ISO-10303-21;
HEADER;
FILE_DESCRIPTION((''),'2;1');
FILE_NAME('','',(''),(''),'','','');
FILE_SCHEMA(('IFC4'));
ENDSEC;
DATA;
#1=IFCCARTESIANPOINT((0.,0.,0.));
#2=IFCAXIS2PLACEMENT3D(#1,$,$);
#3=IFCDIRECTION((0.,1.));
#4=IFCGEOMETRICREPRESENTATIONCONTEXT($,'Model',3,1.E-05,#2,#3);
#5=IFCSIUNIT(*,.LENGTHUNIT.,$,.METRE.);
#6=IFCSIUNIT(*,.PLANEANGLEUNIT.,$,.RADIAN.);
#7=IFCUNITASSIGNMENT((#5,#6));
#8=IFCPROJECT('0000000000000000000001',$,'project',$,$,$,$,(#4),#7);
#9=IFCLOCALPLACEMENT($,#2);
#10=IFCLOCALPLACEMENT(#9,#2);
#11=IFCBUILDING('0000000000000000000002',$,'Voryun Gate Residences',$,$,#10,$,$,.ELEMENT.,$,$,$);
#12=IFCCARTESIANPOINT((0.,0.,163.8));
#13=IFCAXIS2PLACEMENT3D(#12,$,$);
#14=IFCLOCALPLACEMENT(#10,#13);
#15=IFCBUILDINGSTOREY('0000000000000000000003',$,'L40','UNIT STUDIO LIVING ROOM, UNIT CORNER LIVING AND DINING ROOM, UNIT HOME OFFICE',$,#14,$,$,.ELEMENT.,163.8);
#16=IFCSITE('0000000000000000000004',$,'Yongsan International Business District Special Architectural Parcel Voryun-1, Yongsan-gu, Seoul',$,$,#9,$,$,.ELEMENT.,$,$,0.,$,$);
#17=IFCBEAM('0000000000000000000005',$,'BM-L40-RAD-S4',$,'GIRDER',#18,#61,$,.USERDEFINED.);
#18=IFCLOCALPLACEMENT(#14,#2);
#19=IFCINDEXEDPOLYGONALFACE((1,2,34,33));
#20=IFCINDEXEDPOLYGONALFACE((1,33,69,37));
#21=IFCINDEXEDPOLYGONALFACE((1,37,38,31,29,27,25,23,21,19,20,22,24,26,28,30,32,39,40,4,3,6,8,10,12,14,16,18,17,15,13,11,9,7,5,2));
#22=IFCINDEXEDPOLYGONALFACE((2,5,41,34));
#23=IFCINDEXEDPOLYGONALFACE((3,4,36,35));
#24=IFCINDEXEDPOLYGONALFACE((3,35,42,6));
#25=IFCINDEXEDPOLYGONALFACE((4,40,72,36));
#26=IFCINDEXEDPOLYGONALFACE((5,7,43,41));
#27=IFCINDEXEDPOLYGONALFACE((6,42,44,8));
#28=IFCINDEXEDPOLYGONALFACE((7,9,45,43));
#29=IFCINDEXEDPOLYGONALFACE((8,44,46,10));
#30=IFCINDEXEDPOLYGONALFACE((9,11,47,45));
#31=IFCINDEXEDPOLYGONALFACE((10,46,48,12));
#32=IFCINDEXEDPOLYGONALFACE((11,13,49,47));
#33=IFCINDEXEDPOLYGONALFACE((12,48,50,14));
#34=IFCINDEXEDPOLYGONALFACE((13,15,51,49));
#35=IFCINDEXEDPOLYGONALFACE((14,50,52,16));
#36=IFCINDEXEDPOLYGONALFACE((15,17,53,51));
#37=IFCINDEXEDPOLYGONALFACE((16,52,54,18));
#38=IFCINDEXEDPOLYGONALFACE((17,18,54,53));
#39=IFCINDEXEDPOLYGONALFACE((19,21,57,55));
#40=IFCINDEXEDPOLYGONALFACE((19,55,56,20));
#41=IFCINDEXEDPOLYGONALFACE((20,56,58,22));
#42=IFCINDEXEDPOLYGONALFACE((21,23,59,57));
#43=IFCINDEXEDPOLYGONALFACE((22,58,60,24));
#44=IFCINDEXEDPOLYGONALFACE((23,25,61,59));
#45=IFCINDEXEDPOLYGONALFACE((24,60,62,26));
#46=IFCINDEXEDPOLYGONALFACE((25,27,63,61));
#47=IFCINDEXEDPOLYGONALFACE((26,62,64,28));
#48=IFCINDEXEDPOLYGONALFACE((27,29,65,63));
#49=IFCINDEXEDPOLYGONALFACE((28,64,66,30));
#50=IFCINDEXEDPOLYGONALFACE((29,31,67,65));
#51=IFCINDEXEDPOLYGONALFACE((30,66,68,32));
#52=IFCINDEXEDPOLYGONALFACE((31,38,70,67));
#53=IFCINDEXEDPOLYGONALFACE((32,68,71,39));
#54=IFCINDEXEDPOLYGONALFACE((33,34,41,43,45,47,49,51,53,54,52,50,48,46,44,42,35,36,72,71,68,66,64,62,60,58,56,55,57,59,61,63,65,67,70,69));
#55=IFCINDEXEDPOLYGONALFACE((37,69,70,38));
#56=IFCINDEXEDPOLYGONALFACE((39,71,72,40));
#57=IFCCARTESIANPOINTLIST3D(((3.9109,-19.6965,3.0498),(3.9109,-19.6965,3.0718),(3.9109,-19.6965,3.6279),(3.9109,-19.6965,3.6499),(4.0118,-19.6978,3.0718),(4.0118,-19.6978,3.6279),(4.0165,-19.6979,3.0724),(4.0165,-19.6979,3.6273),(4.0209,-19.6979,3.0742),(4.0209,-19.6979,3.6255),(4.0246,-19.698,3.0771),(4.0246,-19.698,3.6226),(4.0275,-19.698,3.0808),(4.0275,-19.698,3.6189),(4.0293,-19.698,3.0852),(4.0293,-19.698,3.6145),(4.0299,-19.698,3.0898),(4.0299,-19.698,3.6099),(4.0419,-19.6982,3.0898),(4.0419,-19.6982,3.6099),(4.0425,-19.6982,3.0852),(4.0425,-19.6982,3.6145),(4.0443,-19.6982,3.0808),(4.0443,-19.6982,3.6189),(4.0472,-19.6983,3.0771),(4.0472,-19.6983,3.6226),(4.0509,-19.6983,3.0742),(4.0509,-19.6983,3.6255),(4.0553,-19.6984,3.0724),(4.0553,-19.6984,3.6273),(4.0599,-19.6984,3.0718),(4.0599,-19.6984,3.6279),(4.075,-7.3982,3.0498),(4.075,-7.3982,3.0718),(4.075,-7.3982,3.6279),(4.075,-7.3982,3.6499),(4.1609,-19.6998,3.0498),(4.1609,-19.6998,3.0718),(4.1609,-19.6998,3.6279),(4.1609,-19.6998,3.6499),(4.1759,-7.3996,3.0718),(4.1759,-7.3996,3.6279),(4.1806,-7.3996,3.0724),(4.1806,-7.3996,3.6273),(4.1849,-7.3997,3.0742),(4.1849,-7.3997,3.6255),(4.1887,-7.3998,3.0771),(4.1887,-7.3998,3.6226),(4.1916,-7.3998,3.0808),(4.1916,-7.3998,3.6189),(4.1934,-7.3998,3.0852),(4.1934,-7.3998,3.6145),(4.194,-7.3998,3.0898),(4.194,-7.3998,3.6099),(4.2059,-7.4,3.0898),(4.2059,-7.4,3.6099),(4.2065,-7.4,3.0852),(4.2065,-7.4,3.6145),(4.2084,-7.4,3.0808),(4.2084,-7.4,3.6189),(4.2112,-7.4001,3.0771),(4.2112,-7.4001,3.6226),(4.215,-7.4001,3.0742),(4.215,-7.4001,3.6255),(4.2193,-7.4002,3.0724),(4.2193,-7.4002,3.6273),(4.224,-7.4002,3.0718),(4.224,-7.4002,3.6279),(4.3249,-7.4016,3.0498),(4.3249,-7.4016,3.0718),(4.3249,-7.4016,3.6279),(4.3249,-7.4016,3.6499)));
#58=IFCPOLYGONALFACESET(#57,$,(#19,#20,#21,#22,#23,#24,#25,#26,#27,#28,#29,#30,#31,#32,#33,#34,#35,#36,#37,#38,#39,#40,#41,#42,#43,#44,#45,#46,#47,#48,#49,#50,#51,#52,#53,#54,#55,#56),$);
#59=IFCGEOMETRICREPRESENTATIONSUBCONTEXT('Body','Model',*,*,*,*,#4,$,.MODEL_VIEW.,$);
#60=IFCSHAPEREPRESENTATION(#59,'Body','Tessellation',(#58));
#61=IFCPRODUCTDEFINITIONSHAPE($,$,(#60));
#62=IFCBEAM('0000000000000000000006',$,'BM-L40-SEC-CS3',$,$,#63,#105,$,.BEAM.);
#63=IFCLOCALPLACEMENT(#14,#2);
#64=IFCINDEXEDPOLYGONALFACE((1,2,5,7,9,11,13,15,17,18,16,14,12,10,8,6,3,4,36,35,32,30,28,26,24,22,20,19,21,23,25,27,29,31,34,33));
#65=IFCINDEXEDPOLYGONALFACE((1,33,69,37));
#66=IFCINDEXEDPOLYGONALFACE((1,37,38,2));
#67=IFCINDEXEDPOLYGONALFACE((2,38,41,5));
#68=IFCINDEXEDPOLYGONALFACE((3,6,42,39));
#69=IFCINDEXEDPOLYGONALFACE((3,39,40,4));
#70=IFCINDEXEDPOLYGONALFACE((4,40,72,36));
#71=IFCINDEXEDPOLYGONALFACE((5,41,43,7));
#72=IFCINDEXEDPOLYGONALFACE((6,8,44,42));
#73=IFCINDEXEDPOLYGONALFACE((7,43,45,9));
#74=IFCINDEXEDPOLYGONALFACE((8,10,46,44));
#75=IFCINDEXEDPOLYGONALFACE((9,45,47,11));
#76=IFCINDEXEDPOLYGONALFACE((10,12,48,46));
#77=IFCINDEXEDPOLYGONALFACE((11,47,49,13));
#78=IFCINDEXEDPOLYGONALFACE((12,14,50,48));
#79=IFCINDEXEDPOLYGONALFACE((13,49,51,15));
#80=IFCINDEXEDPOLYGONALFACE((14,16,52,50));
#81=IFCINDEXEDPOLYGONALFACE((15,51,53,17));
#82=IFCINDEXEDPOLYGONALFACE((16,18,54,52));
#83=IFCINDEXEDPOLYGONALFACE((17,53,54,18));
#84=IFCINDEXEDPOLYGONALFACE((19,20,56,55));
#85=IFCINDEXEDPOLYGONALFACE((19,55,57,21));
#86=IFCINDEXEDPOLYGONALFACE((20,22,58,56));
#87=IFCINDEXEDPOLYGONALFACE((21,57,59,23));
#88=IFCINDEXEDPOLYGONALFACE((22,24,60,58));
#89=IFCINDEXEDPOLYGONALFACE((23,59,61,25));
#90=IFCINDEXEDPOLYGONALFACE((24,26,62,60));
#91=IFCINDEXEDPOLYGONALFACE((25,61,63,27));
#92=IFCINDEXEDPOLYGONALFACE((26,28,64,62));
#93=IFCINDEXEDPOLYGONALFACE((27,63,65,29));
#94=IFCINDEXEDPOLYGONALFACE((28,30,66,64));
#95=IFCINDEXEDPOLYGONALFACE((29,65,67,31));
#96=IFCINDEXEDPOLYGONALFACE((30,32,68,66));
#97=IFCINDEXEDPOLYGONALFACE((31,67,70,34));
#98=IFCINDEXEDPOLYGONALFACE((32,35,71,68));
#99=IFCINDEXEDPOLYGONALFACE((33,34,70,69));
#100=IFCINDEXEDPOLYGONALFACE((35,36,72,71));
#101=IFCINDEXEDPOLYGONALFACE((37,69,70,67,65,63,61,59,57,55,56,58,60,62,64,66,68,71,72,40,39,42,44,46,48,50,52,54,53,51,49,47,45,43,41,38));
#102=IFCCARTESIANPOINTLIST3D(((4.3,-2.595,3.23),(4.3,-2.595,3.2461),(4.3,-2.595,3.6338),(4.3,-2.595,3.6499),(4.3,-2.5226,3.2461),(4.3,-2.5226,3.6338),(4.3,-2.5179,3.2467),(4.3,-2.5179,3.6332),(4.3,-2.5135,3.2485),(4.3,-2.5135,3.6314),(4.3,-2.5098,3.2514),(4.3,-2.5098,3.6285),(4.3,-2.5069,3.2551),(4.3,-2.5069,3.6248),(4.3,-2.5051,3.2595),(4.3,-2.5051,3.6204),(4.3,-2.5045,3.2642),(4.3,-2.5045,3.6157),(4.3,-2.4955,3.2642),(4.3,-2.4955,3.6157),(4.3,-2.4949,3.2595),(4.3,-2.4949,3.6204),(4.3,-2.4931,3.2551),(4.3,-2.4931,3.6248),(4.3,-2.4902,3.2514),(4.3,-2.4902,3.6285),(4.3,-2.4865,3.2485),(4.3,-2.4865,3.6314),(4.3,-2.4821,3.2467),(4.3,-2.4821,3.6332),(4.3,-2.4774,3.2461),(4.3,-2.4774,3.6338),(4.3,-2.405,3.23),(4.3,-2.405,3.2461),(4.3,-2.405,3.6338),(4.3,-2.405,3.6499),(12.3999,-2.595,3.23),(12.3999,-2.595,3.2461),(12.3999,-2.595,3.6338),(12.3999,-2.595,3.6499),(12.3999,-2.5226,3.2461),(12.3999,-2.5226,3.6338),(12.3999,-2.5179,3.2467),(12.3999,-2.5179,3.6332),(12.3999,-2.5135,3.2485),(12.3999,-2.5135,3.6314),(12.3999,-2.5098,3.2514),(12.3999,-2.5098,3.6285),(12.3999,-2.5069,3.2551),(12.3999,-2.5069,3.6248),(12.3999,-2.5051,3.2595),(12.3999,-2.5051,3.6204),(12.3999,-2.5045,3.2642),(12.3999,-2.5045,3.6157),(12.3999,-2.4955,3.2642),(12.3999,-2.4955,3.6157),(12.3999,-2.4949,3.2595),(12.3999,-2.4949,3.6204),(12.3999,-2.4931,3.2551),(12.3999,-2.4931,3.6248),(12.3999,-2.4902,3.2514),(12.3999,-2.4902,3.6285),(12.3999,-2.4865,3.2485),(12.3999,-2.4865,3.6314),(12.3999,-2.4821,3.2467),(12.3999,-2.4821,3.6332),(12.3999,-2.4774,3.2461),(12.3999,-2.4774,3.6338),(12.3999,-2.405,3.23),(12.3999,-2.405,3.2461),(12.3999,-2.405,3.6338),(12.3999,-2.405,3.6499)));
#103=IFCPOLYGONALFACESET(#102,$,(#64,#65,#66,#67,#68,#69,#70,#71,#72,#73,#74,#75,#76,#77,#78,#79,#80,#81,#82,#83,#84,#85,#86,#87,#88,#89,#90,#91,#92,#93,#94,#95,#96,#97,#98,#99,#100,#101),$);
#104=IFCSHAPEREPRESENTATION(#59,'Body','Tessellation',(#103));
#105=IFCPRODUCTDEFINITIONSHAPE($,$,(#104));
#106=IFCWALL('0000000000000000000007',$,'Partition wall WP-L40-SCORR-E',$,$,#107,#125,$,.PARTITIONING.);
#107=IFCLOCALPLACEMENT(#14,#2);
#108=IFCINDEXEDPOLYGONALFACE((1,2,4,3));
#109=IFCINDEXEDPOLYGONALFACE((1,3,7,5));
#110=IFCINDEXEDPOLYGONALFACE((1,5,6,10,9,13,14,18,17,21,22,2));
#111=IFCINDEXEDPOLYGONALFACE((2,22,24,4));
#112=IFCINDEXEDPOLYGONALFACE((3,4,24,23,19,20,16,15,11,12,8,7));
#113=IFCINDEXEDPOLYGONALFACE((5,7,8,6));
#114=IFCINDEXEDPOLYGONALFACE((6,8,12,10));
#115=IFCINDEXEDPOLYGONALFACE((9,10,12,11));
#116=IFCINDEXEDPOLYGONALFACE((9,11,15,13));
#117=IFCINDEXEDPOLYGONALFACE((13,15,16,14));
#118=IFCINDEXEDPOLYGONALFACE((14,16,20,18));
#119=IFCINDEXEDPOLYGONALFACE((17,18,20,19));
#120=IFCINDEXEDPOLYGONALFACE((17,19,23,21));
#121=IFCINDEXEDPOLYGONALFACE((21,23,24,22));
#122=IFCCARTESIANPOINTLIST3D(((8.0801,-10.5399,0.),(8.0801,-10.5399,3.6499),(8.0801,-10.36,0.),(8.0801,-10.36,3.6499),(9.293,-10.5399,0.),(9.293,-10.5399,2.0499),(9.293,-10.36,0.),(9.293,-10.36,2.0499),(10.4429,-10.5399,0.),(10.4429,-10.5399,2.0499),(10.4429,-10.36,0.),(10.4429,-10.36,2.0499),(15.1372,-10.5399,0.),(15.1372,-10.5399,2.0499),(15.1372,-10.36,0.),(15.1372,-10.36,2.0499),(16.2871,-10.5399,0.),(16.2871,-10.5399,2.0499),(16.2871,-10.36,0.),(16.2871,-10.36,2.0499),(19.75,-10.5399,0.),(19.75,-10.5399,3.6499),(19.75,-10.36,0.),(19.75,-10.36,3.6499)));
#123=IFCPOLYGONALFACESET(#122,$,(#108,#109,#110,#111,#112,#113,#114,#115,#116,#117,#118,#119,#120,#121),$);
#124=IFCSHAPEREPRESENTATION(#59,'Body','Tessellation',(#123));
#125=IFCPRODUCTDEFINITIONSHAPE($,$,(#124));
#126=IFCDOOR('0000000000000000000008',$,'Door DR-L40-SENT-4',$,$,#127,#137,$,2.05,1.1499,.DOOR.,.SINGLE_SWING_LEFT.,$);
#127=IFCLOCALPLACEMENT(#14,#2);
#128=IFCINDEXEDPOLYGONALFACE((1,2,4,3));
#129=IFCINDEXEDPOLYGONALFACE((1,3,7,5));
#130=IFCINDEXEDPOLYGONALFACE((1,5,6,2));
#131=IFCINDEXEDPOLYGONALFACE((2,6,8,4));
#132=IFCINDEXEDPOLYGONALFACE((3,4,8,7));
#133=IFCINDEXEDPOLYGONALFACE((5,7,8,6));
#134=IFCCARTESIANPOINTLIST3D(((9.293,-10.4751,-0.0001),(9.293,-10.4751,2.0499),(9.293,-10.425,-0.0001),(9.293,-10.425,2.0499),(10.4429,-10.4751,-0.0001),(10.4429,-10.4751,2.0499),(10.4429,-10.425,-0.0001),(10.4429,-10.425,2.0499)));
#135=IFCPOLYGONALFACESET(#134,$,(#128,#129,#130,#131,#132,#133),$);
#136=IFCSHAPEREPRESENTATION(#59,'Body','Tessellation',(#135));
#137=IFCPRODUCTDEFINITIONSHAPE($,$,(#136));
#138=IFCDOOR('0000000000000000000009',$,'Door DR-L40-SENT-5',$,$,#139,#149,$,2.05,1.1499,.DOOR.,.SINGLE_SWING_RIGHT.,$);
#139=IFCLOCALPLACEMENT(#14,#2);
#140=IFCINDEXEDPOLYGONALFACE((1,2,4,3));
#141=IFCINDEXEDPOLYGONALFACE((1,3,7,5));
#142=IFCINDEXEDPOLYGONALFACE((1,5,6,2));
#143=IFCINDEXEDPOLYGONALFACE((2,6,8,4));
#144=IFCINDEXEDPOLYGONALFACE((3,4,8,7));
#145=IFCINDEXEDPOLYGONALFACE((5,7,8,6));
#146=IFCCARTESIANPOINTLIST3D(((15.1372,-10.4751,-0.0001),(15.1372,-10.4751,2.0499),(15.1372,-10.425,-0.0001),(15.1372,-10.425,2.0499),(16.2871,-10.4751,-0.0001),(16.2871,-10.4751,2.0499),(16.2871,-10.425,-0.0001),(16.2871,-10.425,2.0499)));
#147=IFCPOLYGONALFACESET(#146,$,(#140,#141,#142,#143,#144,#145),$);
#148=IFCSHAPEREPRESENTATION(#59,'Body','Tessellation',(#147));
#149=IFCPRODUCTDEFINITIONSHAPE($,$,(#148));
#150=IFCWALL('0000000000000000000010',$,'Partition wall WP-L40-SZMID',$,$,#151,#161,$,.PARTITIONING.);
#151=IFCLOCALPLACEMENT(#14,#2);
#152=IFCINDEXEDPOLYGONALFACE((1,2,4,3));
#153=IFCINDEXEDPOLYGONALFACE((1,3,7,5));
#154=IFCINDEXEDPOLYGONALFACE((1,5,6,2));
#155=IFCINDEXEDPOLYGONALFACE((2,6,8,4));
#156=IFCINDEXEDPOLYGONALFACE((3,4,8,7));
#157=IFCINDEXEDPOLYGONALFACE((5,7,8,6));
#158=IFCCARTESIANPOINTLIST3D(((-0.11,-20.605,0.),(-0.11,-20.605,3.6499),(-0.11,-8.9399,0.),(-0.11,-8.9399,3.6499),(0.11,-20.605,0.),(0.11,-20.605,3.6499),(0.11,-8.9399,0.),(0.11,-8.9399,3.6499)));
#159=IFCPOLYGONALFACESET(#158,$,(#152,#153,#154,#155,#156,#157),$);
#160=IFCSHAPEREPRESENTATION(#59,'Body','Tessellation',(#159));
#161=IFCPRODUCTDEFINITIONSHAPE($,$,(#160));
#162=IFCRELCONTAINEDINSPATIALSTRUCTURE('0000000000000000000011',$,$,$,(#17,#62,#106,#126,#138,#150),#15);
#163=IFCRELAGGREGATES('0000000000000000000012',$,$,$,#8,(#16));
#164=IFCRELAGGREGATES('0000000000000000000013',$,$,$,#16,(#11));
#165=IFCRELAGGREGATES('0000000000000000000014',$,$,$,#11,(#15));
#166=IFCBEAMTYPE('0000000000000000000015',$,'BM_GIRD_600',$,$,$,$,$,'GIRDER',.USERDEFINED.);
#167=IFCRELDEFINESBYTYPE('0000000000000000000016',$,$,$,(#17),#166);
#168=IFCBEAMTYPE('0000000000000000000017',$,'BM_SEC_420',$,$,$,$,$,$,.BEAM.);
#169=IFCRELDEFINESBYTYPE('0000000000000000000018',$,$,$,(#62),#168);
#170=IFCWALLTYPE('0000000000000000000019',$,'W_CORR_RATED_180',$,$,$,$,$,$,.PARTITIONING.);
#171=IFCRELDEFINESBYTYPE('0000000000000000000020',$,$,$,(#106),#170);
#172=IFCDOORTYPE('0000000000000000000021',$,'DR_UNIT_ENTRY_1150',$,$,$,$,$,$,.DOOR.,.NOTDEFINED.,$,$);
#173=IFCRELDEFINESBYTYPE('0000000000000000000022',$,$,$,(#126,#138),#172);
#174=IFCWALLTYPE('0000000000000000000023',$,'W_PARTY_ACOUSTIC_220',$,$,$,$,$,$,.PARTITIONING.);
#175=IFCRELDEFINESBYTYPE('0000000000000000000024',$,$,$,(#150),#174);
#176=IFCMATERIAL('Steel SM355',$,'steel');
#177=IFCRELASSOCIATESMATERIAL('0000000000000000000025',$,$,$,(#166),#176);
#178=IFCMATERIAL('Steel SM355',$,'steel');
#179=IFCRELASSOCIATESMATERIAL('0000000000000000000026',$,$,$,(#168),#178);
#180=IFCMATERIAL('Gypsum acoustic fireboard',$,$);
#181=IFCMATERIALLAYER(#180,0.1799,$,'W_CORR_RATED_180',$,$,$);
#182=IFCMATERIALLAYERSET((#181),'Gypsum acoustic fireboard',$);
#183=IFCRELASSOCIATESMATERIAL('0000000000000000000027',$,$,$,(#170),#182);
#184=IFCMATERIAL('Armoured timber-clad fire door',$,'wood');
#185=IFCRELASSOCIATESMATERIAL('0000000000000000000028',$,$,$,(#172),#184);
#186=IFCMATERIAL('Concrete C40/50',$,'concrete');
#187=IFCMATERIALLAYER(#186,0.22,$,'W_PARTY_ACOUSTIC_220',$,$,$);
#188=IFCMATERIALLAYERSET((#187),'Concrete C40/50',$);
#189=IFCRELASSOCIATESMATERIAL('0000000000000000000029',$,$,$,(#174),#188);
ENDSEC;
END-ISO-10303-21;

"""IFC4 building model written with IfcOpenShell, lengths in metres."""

from ifc_helpers import new_model, si_unit, direction, frame, frame_2d, origin, origin_2d, place, context, subcontext, project, spatial, rectangle, i_section, extrude, material, layer, layer_set, material_profile, profile_set, type_object, element, fill, save


model = new_model("IFC4")

# Units and contexts
model_context = context("Model", 3, precision=1e-05, world=origin(), true_north=direction((0.0, 1.0)))
body_context = subcontext(model_context, "Body", "Model", "MODEL_VIEW")
ifc_project = project(units=[si_unit("LENGTHUNIT", "METRE"), si_unit("PLANEANGLEUNIT", "RADIAN")], contexts=[model_context])

# Site, building, storey
site_placement = place(None, origin())
site = spatial("IfcSite", under=ifc_project, at=site_placement, Name="Yongsan International Business District Special Architectural Parcel Voryun-1, Yongsan-gu, Seoul", CompositionType="ELEMENT", RefElevation=0.0)
building_placement = place(site_placement, origin())
building = spatial("IfcBuilding", under=site, at=building_placement, Name="Voryun Gate Residences", CompositionType="ELEMENT")
storey_placement = place(building_placement, frame((0.0, 0.0, 163.8)))
storey = spatial("IfcBuildingStorey", under=building, at=storey_placement, Name="L40", Description="UNIT STUDIO LIVING ROOM, UNIT CORNER LIVING AND DINING ROOM, UNIT HOME OFFICE", CompositionType="ELEMENT", Elevation=163.8)

# Beams
ifc_material_1 = material(Name="Steel SM355", Category="steel")
ifc_material_profile_1 = material_profile(ifc_material_1, i_section(OverallWidth=0.25, OverallDepth=0.6001, WebThickness=0.012, FlangeThickness=0.022, FilletRadius=0.0181, at=origin_2d()), Name="H-600x250x12x22")
ifc_profile_set_1 = profile_set([ifc_material_profile_1], Name="Steel SM355")
beam_type_1 = type_object("IfcBeamType", Name="BM_GIRD_600", ElementType="GIRDER", PredefinedType="USERDEFINED", material=ifc_profile_set_1)
beam_1_placement = place(storey_placement, frame((4.2, -7.3999, 3.3499), z_axis=(-0.013339, -0.999911, 0.0), x_axis=(0.999911, -0.013339, 0.0)))
element("IfcBeam", 1, at=beam_1_placement, inside=storey, type_object=beam_type_1, Name="BM-L40-RAD-S4", ObjectType="GIRDER", PredefinedType="USERDEFINED", context=body_context, shape_type="SweptSolid", body=[
    extrude(i_section(OverallWidth=0.25, OverallDepth=0.6001, WebThickness=0.012, FlangeThickness=0.022, FilletRadius=0.0181, at=origin_2d()), origin(), (0.0, 0.0, 1.0), 12.2993),
])
ifc_material_2 = material(Name="Steel SM355", Category="steel")
ifc_material_profile_2 = material_profile(ifc_material_2, i_section(OverallWidth=0.1899, OverallDepth=0.4199, WebThickness=0.009, FlangeThickness=0.0161, FilletRadius=0.0181, at=origin_2d()), Name="H-420x190x9x16")
ifc_profile_set_2 = profile_set([ifc_material_profile_2], Name="Steel SM355")
beam_type_2 = type_object("IfcBeamType", Name="BM_SEC_420", PredefinedType="BEAM", material=ifc_profile_set_2)
beam_2_placement = place(storey_placement, frame((4.3, -2.5, 3.4399), z_axis=(1.0, 0.0, 0.0), x_axis=(0.0, 1.0, 0.0)))
element("IfcBeam", 2, at=beam_2_placement, inside=storey, type_object=beam_type_2, Name="BM-L40-SEC-CS3", PredefinedType="BEAM", context=body_context, shape_type="SweptSolid", body=[
    extrude(i_section(OverallWidth=0.1899, OverallDepth=0.4199, WebThickness=0.009, FlangeThickness=0.0161, FilletRadius=0.0181, at=origin_2d()), origin(), (0.0, 0.0, 1.0), 8.0999),
])

# Wall, openings, doors
ifc_material_3 = material(Name="Gypsum acoustic fireboard")
ifc_layer_1 = layer(ifc_material_3, 0.1799, Name="W_CORR_RATED_180")
ifc_layer_set_1 = layer_set([ifc_layer_1], Name="Gypsum acoustic fireboard")
wall_type_1 = type_object("IfcWallType", Name="W_CORR_RATED_180", PredefinedType="PARTITIONING", material=ifc_layer_set_1)
wall_1_placement = place(storey_placement, frame((8.0801, -10.45, 0.0), z_axis=(0.0, 0.0, 1.0), x_axis=(1.0, 0.0, 0.0)))
wall_1 = element("IfcWall", 3, at=wall_1_placement, inside=storey, type_object=wall_type_1, Name="Partition wall WP-L40-SCORR-E", PredefinedType="PARTITIONING", context=body_context, shape_type="SweptSolid", body=[
    extrude(rectangle(XDim=11.6699, YDim=0.1799, at=frame_2d((5.835, 0.0))), origin(), (0.0, 0.0, 1.0), 3.6499),
])
opening_1_placement = place(wall_1_placement, frame((1.2129, 0.0, 0.0)))
opening_1 = element("IfcOpeningElement", 4, at=opening_1_placement, cuts=wall_1, PredefinedType="OPENING", context=body_context, shape_type="SweptSolid", body=[
    extrude(rectangle(XDim=1.1499, YDim=2.05, at=frame_2d((0.575, 1.0249))), frame((0.0, 0.0999, 0.0), z_axis=(0.0, -1.0, 0.0), x_axis=(1.0, 0.0, 0.0)), (0.0, 0.0, 1.0), 0.2),
])
opening_2_placement = place(wall_1_placement, frame((7.0571, 0.0, 0.0)))
opening_2 = element("IfcOpeningElement", 5, at=opening_2_placement, cuts=wall_1, PredefinedType="OPENING", context=body_context, shape_type="SweptSolid", body=[
    extrude(rectangle(XDim=1.1499, YDim=2.05, at=frame_2d((0.575, 1.0249))), frame((0.0, 0.0999, 0.0), z_axis=(0.0, -1.0, 0.0), x_axis=(1.0, 0.0, 0.0)), (0.0, 0.0, 1.0), 0.2),
])
ifc_material_4 = material(Name="Armoured timber-clad fire door", Category="wood")
door_type_1 = type_object("IfcDoorType", Name="DR_UNIT_ENTRY_1150", OperationType="NOTDEFINED", PredefinedType="DOOR", material=ifc_material_4)
door_1_placement = place(opening_1_placement, origin())
door_1 = element("IfcDoor", 6, at=door_1_placement, inside=storey, type_object=door_type_1, Name="Door DR-L40-SENT-4", OperationType="SINGLE_SWING_LEFT", OverallHeight=2.05, OverallWidth=1.1499, PredefinedType="DOOR", context=body_context, shape_type="SweptSolid", body=[
    extrude(rectangle(XDim=1.1499, YDim=2.05, at=frame_2d((0.575, 1.0249))), frame((0.0, 0.0249, 0.0), z_axis=(0.0, -1.0, 0.0), x_axis=(1.0, 0.0, 0.0)), (0.0, 0.0, 1.0), 0.05),
])
fill(opening_1, door_1)
door_2_placement = place(opening_2_placement, origin())
door_2 = element("IfcDoor", 7, at=door_2_placement, inside=storey, type_object=door_type_1, Name="Door DR-L40-SENT-5", OperationType="SINGLE_SWING_RIGHT", OverallHeight=2.05, OverallWidth=1.1499, PredefinedType="DOOR", context=body_context, shape_type="SweptSolid", body=[
    extrude(rectangle(XDim=1.1499, YDim=2.05, at=frame_2d((0.575, 1.0249))), frame((0.0, 0.0249, 0.0), z_axis=(0.0, -1.0, 0.0), x_axis=(1.0, 0.0, 0.0)), (0.0, 0.0, 1.0), 0.05),
])
fill(opening_2, door_2)

# Wall
ifc_material_5 = material(Name="Concrete C40/50", Category="concrete")
ifc_layer_2 = layer(ifc_material_5, 0.22, Name="W_PARTY_ACOUSTIC_220")
ifc_layer_set_2 = layer_set([ifc_layer_2], Name="Concrete C40/50")
wall_type_2 = type_object("IfcWallType", Name="W_PARTY_ACOUSTIC_220", PredefinedType="PARTITIONING", material=ifc_layer_set_2)
wall_2_placement = place(storey_placement, frame((0.0, -20.605, 0.0), z_axis=(0.0, 0.0, 1.0), x_axis=(0.0, 1.0, 0.0)))
element("IfcWall", 8, at=wall_2_placement, inside=storey, type_object=wall_type_2, Name="Partition wall WP-L40-SZMID", PredefinedType="PARTITIONING", context=body_context, shape_type="SweptSolid", body=[
    extrude(rectangle(XDim=11.665, YDim=0.22, at=frame_2d((5.8325, 0.0))), origin(), (0.0, 0.0, 1.0), 3.6499),
])

save(model, "model.ifc")
